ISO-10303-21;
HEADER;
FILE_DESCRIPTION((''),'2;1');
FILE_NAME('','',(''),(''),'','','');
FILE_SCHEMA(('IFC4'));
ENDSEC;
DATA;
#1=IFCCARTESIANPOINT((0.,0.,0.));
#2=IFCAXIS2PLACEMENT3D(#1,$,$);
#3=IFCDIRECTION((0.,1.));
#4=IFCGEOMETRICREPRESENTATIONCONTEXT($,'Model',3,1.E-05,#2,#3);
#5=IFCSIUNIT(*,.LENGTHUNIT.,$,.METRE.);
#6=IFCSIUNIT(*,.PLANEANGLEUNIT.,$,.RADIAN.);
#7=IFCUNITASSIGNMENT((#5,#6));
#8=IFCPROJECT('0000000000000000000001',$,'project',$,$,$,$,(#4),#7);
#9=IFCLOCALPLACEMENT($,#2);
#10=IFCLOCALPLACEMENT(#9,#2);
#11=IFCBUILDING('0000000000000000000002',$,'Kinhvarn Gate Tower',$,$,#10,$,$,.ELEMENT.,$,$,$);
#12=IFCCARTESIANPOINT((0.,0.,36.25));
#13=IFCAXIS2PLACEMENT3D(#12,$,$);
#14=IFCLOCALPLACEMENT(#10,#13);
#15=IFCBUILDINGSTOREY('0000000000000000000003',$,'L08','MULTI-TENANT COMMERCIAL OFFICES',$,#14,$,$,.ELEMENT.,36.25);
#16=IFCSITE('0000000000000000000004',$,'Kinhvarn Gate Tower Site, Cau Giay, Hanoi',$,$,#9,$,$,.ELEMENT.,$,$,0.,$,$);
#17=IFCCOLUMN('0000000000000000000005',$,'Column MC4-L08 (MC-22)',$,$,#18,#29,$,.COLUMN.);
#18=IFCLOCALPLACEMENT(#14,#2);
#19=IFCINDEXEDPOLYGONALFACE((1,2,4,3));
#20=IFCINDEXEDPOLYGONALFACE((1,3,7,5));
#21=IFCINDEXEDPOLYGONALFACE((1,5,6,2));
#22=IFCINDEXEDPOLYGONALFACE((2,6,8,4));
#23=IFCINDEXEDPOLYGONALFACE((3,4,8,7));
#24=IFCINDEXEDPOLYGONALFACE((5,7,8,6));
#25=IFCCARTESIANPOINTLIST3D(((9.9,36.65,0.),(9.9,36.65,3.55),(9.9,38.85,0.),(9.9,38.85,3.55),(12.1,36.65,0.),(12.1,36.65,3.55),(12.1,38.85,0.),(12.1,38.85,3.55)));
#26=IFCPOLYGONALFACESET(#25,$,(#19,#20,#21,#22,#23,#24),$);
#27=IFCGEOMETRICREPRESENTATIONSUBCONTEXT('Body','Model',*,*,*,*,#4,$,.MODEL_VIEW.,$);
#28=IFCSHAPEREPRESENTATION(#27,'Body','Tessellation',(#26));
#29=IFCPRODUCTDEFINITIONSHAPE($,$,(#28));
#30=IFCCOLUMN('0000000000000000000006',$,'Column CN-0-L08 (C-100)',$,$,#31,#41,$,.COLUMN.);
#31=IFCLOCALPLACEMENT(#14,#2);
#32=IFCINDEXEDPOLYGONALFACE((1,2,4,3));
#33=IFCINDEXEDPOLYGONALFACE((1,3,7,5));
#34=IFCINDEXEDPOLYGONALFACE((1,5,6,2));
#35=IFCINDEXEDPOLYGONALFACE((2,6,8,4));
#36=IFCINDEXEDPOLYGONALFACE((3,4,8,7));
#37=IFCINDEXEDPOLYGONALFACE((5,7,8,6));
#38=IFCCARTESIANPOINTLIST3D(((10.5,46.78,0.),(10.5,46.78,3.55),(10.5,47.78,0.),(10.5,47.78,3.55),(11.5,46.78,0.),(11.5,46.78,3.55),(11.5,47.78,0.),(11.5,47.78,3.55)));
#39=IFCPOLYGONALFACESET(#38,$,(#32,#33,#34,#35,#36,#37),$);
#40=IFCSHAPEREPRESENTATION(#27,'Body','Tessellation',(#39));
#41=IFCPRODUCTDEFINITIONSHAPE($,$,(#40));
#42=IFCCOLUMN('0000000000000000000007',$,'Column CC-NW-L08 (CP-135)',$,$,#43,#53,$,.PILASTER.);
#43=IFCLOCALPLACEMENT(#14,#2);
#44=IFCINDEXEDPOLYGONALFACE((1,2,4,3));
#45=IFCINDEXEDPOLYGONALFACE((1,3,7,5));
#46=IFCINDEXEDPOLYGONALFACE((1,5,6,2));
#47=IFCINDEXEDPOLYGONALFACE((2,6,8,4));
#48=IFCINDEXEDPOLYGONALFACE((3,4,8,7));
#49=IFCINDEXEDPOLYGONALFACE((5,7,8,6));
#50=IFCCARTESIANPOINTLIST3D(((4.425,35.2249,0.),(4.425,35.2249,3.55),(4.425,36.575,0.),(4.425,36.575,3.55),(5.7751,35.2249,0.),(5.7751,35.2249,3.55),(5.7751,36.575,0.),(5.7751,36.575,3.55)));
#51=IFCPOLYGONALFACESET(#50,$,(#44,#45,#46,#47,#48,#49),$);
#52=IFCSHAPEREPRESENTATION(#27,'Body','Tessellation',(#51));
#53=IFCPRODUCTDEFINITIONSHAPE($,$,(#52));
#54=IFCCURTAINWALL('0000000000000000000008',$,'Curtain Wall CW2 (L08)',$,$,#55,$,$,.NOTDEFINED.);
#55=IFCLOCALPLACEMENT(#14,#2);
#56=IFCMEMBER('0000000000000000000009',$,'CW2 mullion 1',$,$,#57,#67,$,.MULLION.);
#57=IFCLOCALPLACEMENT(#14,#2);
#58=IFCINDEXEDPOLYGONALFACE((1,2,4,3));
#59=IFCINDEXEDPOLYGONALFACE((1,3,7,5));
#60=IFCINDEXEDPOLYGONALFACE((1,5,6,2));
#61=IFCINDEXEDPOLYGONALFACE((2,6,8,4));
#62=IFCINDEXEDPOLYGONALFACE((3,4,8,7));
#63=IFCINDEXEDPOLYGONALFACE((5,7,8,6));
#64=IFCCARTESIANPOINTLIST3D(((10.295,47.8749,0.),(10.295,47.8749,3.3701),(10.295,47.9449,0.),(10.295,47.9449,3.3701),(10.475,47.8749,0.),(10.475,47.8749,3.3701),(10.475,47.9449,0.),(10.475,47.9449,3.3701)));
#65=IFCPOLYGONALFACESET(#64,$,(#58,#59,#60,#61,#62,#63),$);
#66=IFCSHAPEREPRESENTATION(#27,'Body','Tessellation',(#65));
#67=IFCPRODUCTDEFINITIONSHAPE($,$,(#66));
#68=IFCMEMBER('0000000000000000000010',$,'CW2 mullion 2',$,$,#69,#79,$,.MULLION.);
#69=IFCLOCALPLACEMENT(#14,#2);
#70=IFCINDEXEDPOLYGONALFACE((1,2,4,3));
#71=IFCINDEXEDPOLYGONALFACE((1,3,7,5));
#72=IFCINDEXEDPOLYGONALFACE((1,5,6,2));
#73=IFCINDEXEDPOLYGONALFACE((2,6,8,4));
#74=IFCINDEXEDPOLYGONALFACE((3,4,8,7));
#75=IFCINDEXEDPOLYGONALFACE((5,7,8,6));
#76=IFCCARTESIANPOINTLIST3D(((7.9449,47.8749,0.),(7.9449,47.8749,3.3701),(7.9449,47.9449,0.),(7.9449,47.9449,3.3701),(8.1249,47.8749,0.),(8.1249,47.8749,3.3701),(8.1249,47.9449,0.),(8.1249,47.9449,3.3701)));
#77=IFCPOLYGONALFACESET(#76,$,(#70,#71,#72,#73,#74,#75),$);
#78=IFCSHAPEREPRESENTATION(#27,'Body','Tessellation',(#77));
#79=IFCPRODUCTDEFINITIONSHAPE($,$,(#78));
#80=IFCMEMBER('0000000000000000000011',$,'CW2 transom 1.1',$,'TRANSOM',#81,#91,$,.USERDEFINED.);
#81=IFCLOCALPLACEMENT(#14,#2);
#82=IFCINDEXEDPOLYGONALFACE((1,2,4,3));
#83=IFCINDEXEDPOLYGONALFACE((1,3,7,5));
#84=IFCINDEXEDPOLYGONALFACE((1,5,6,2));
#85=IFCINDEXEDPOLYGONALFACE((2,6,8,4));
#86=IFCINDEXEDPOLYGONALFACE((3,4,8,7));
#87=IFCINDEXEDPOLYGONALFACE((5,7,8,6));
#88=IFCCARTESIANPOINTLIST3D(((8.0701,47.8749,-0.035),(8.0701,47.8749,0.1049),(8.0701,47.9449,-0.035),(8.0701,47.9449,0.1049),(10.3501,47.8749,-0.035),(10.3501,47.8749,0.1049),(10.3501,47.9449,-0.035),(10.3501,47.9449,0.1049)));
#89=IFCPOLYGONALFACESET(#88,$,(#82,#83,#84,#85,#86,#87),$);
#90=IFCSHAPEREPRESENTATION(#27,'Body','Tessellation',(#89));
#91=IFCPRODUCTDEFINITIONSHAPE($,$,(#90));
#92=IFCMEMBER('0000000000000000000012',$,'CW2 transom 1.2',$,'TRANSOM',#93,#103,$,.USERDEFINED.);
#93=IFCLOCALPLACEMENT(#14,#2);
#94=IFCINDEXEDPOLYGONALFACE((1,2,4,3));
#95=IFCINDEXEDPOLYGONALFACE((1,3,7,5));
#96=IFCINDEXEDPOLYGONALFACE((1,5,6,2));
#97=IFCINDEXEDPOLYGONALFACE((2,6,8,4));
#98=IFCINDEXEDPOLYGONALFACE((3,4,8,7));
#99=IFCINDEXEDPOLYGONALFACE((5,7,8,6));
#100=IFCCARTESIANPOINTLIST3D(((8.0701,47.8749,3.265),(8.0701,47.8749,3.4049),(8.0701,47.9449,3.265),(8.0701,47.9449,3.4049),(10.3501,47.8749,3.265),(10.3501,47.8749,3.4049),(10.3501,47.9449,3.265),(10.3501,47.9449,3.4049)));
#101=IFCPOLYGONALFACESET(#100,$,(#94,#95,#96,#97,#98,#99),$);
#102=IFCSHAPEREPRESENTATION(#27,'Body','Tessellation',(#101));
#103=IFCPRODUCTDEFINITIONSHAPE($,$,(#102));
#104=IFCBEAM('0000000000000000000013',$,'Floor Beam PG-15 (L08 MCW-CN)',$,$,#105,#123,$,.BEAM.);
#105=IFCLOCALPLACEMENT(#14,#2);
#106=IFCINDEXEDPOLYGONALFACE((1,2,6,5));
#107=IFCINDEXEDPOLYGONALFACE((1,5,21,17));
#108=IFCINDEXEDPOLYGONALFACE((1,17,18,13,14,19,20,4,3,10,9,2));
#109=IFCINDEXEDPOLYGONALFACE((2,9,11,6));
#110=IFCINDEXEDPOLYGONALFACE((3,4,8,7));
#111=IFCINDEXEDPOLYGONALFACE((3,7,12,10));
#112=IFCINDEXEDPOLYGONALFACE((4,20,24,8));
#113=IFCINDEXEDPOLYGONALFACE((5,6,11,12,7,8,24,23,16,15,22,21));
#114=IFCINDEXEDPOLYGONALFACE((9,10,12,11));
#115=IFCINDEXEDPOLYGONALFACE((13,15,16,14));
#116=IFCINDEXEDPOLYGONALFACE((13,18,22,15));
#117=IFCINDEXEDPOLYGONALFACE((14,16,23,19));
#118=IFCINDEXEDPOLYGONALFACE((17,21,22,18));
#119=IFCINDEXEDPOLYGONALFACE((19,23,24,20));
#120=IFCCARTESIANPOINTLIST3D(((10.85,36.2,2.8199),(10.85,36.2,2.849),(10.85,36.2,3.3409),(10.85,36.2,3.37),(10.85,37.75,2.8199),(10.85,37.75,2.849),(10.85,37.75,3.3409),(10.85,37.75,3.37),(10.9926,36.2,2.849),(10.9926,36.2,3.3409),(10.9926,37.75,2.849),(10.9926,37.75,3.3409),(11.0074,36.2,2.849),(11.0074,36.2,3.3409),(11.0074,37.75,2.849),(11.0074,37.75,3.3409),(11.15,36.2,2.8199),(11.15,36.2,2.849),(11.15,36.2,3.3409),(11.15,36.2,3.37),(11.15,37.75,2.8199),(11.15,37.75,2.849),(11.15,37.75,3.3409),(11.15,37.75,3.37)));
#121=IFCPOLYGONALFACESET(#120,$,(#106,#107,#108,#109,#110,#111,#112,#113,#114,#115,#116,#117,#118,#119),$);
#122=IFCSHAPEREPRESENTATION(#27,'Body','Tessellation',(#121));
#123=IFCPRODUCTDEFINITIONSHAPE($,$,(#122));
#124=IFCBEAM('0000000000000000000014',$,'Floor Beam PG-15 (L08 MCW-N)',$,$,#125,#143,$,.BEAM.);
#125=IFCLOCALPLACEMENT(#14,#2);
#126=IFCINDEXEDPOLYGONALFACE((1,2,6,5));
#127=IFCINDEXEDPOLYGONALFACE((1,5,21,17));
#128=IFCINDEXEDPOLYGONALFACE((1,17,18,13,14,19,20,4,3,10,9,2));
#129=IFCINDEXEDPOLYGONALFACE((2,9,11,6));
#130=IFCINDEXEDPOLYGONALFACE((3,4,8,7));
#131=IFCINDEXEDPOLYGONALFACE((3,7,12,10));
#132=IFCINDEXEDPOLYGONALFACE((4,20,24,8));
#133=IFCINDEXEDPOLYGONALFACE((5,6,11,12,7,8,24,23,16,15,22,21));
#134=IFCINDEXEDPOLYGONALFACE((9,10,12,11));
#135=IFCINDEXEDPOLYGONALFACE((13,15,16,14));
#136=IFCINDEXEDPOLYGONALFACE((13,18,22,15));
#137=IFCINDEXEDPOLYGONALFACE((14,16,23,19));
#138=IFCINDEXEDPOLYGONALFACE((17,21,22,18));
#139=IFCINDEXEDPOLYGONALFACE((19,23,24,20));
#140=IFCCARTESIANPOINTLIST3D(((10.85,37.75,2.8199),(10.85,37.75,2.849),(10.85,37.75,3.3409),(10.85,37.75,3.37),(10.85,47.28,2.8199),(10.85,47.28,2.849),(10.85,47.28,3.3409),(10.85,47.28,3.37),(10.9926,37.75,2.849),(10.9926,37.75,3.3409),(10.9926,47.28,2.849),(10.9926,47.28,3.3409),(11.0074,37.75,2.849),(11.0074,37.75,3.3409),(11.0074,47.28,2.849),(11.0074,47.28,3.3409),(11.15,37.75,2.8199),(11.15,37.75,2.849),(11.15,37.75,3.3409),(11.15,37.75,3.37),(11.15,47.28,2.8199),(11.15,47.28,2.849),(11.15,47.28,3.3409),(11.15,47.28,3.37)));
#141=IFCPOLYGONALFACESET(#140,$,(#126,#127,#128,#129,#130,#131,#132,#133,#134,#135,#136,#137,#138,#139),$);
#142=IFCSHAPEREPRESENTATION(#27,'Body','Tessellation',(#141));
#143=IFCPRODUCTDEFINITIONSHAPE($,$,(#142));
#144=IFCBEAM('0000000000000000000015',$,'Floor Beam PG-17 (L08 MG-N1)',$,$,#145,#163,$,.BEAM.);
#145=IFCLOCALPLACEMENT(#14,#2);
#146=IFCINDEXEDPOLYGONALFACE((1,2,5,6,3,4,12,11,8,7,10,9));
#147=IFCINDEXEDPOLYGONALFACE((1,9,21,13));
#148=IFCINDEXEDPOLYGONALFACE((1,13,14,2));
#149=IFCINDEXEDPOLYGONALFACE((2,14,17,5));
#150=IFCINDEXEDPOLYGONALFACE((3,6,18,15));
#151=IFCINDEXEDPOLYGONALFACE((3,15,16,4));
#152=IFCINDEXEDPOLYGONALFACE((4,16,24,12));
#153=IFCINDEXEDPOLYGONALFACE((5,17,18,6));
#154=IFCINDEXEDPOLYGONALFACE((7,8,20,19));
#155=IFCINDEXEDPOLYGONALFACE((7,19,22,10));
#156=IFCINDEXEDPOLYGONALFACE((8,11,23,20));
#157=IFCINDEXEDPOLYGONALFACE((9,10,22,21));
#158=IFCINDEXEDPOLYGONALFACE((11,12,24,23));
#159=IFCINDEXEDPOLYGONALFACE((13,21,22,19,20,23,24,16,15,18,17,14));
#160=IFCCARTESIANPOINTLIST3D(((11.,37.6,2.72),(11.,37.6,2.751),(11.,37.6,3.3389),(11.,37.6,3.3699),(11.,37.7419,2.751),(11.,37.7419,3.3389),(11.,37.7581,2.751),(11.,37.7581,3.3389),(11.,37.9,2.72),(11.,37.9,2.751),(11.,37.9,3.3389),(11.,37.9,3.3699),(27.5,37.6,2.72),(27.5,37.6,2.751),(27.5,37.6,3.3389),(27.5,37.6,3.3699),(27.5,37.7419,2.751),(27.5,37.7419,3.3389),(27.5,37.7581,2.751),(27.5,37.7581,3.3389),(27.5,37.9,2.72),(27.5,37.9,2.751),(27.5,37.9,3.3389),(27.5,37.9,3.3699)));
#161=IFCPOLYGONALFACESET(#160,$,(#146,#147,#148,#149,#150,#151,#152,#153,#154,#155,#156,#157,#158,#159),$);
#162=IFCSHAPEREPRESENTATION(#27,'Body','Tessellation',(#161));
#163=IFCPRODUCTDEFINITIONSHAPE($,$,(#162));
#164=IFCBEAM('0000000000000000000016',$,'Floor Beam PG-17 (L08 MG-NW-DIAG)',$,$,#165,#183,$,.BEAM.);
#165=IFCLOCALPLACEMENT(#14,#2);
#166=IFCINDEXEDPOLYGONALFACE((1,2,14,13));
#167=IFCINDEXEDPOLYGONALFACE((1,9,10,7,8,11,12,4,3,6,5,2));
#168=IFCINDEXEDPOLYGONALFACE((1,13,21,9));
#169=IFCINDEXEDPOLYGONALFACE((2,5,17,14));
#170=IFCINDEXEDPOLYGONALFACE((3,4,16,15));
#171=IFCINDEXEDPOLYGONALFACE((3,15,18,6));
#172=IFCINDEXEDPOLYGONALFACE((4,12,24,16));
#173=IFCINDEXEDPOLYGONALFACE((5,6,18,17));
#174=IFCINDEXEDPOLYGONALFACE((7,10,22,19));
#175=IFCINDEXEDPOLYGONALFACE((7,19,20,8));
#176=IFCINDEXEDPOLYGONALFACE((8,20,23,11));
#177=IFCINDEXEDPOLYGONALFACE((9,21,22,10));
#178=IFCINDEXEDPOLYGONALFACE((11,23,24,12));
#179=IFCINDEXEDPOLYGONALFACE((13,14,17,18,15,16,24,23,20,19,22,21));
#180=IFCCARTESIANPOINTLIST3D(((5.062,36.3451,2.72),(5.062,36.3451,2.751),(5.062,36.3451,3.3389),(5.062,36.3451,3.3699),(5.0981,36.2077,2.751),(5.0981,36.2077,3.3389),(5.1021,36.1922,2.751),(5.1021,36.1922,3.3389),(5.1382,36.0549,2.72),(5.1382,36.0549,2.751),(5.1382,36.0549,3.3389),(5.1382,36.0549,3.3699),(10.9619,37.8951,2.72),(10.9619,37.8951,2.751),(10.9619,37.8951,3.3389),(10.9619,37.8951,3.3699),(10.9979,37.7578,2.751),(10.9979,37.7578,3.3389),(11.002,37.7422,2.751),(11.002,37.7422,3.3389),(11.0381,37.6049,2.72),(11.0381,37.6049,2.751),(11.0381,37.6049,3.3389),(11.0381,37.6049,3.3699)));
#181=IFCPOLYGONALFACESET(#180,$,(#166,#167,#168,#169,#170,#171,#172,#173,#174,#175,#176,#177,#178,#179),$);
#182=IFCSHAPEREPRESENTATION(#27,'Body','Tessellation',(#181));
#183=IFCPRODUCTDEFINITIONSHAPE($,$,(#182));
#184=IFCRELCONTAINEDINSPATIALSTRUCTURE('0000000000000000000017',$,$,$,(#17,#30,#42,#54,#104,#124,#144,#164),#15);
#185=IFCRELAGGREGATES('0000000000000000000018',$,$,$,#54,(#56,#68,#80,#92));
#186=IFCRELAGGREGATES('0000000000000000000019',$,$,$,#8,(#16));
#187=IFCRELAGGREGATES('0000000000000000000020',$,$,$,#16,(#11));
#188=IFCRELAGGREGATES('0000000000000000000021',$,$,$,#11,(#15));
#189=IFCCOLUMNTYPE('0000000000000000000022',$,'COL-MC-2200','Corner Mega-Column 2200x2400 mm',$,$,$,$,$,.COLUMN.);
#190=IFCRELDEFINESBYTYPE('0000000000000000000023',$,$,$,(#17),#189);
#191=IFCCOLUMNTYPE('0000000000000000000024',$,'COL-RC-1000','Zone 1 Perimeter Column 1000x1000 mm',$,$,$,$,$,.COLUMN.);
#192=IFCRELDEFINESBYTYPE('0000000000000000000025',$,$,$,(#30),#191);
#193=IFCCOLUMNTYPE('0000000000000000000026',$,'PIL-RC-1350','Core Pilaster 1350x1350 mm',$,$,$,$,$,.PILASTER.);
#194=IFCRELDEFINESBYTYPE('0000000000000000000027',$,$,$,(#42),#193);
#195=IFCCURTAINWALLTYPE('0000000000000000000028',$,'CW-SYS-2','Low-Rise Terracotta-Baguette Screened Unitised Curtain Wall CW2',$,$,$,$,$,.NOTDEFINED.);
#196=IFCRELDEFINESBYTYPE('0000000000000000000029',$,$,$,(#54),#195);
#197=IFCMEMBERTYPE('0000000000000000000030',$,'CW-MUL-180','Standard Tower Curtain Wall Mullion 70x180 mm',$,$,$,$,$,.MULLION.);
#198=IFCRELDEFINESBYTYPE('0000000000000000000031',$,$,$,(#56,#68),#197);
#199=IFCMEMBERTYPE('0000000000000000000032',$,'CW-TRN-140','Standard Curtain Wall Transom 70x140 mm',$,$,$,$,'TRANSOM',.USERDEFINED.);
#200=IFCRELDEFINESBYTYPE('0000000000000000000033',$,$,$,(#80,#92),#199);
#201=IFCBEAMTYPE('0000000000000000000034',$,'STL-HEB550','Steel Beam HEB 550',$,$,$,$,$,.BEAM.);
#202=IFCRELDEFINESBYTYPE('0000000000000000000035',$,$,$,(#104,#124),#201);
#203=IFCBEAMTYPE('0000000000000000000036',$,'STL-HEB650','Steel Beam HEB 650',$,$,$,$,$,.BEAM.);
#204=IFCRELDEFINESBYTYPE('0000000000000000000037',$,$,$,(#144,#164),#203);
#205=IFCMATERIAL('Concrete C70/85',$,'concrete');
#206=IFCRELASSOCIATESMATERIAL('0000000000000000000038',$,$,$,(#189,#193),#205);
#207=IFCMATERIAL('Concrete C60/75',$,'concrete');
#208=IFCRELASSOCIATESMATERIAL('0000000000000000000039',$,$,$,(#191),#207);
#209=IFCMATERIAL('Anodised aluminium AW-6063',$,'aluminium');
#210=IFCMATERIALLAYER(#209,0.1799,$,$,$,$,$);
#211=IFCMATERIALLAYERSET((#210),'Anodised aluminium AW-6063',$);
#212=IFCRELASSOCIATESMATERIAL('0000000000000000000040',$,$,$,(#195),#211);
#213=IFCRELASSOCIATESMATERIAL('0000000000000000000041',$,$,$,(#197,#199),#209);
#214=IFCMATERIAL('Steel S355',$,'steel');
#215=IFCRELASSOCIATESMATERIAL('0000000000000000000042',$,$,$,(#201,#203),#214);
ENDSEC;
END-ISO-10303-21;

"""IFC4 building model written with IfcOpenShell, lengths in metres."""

from ifc_helpers import new_model, si_unit, direction, frame, origin, origin_2d, place, context, subcontext, project, spatial, rectangle, i_section, extrude, material, layer, layer_set, material_profile, profile_set, type_object, element, aggregate, save


model = new_model("IFC4")

# Units and contexts
model_context = context("Model", 3, precision=1e-05, world=origin(), true_north=direction((0.0, 1.0)))
body_context = subcontext(model_context, "Body", "Model", "MODEL_VIEW")
ifc_project = project(units=[si_unit("LENGTHUNIT", "METRE"), si_unit("PLANEANGLEUNIT", "RADIAN")], contexts=[model_context])

# Site, building, storey
site_placement = place(None, origin())
site = spatial("IfcSite", under=ifc_project, at=site_placement, Name="Kinhvarn Gate Tower Site, Cau Giay, Hanoi", CompositionType="ELEMENT", RefElevation=0.0)
building_placement = place(site_placement, origin())
building = spatial("IfcBuilding", under=site, at=building_placement, Name="Kinhvarn Gate Tower", CompositionType="ELEMENT")
storey_placement = place(building_placement, frame((0.0, 0.0, 36.25)))
storey = spatial("IfcBuildingStorey", under=building, at=storey_placement, Name="L08", Description="MULTI-TENANT COMMERCIAL OFFICES", CompositionType="ELEMENT", Elevation=36.25)

# Columns
ifc_material_1 = material(Name="Concrete C70/85", Category="concrete")
ifc_material_profile_1 = material_profile(ifc_material_1, rectangle(XDim=2.2, YDim=2.2, at=origin_2d()), Name="RC 2200x2200")
ifc_profile_set_1 = profile_set([ifc_material_profile_1], Name="Concrete C70/85")
column_type_1 = type_object("IfcColumnType", Name="COL-MC-2200", Description="Corner Mega-Column 2200x2400 mm", PredefinedType="COLUMN", material=ifc_profile_set_1)
column_1_placement = place(storey_placement, frame((11.0, 37.75, 0.0), z_axis=(0.0, 0.0, 1.0), x_axis=(1.0, 0.0, 0.0)))
element("IfcColumn", 1, at=column_1_placement, inside=storey, type_object=column_type_1, Name="Column MC4-L08 (MC-22)", PredefinedType="COLUMN", context=body_context, shape_type="SweptSolid", body=[
    extrude(rectangle(XDim=2.2, YDim=2.2, at=origin_2d()), origin(), (0.0, 0.0, 1.0), 3.55),
])
ifc_material_2 = material(Name="Concrete C60/75", Category="concrete")
ifc_material_profile_2 = material_profile(ifc_material_2, rectangle(XDim=1.0, YDim=1.0, at=origin_2d()), Name="RC 1000x1000")
ifc_profile_set_2 = profile_set([ifc_material_profile_2], Name="Concrete C60/75")
column_type_2 = type_object("IfcColumnType", Name="COL-RC-1000", Description="Zone 1 Perimeter Column 1000x1000 mm", PredefinedType="COLUMN", material=ifc_profile_set_2)
column_2_placement = place(storey_placement, frame((11.0, 47.28, 0.0), z_axis=(0.0, 0.0, 1.0), x_axis=(1.0, 0.0, 0.0)))
element("IfcColumn", 2, at=column_2_placement, inside=storey, type_object=column_type_2, Name="Column CN-0-L08 (C-100)", PredefinedType="COLUMN", context=body_context, shape_type="SweptSolid", body=[
    extrude(rectangle(XDim=1.0, YDim=1.0, at=origin_2d()), origin(), (0.0, 0.0, 1.0), 3.55),
])
ifc_material_profile_3 = material_profile(ifc_material_1, rectangle(XDim=1.3501, YDim=1.3501, at=origin_2d()), Name="RC 1350x1350")
ifc_profile_set_3 = profile_set([ifc_material_profile_3], Name="Concrete C70/85")
column_type_3 = type_object("IfcColumnType", Name="PIL-RC-1350", Description="Core Pilaster 1350x1350 mm", PredefinedType="PILASTER", material=ifc_profile_set_3)
column_3_placement = place(storey_placement, frame((5.1001, 35.8999, 0.0), z_axis=(0.0, 0.0, 1.0), x_axis=(1.0, 0.0, 0.0)))
element("IfcColumn", 3, at=column_3_placement, inside=storey, type_object=column_type_3, Name="Column CC-NW-L08 (CP-135)", PredefinedType="PILASTER", context=body_context, shape_type="SweptSolid", body=[
    extrude(rectangle(XDim=1.3501, YDim=1.3501, at=origin_2d()), origin(), (0.0, 0.0, 1.0), 3.55),
])

# Curtain wall, members
ifc_material_3 = material(Name="Anodised aluminium AW-6063", Category="aluminium")
ifc_layer_1 = layer(ifc_material_3, 0.1799)
ifc_layer_set_1 = layer_set([ifc_layer_1], Name="Anodised aluminium AW-6063")
curtain_wall_type = type_object("IfcCurtainWallType", Name="CW-SYS-2", Description="Low-Rise Terracotta-Baguette Screened Unitised Curtain Wall CW2", PredefinedType="NOTDEFINED", material=ifc_layer_set_1)
curtain_wall_placement = place(storey_placement, origin())
curtain_wall = element("IfcCurtainWall", 4, at=curtain_wall_placement, inside=storey, type_object=curtain_wall_type, Name="Curtain Wall CW2 (L08)", PredefinedType="NOTDEFINED")
ifc_material_profile_4 = material_profile(ifc_material_3, rectangle(XDim=0.0701, YDim=0.1799, at=origin_2d()), Name="ALU 70x180")
ifc_profile_set_4 = profile_set([ifc_material_profile_4], Name="Anodised aluminium AW-6063")
member_type_1 = type_object("IfcMemberType", Name="CW-MUL-180", Description="Standard Tower Curtain Wall Mullion 70x180 mm", PredefinedType="MULLION", material=ifc_profile_set_4)
member_1_placement = place(storey_placement, frame((10.385, 47.9099, 0.0), z_axis=(0.0, 0.0, 1.0), x_axis=(0.0, -1.0, 0.0)))
member_1 = element("IfcMember", 5, at=member_1_placement, type_object=member_type_1, Name="CW2 mullion 1", PredefinedType="MULLION", context=body_context, shape_type="SweptSolid", body=[
    extrude(rectangle(XDim=0.0701, YDim=0.1799, at=origin_2d()), origin(), (0.0, 0.0, 1.0), 3.3701),
])
member_2_placement = place(storey_placement, frame((8.0349, 47.9099, 0.0), z_axis=(0.0, 0.0, 1.0), x_axis=(0.0, -1.0, 0.0)))
member_2 = element("IfcMember", 6, at=member_2_placement, type_object=member_type_1, Name="CW2 mullion 2", PredefinedType="MULLION", context=body_context, shape_type="SweptSolid", body=[
    extrude(rectangle(XDim=0.0701, YDim=0.1799, at=origin_2d()), origin(), (0.0, 0.0, 1.0), 3.3701),
])
ifc_material_profile_5 = material_profile(ifc_material_3, rectangle(XDim=0.0701, YDim=0.1399, at=origin_2d()), Name="ALU 70x140")
ifc_profile_set_5 = profile_set([ifc_material_profile_5], Name="Anodised aluminium AW-6063")
member_type_2 = type_object("IfcMemberType", Name="CW-TRN-140", Description="Standard Curtain Wall Transom 70x140 mm", ElementType="TRANSOM", PredefinedType="USERDEFINED", material=ifc_profile_set_5)
member_3_placement = place(storey_placement, frame((10.3501, 47.9099, 0.0349), z_axis=(-1.0, 0.0, 0.0), x_axis=(0.0, -1.0, 0.0)))
member_3 = element("IfcMember", 7, at=member_3_placement, type_object=member_type_2, Name="CW2 transom 1.1", ObjectType="TRANSOM", PredefinedType="USERDEFINED", context=body_context, shape_type="SweptSolid", body=[
    extrude(rectangle(XDim=0.0701, YDim=0.1399, at=origin_2d()), origin(), (0.0, 0.0, 1.0), 2.28),
])
member_4_placement = place(storey_placement, frame((10.3501, 47.9099, 3.335), z_axis=(-1.0, 0.0, 0.0), x_axis=(0.0, -1.0, 0.0)))
member_4 = element("IfcMember", 8, at=member_4_placement, type_object=member_type_2, Name="CW2 transom 1.2", ObjectType="TRANSOM", PredefinedType="USERDEFINED", context=body_context, shape_type="SweptSolid", body=[
    extrude(rectangle(XDim=0.0701, YDim=0.1399, at=origin_2d()), origin(), (0.0, 0.0, 1.0), 2.28),
])

# Beams
ifc_material_4 = material(Name="Steel S355", Category="steel")
ifc_material_profile_6 = material_profile(ifc_material_4, i_section(OverallWidth=0.3, OverallDepth=0.55, WebThickness=0.0149, FlangeThickness=0.0291, at=origin_2d()), Name="HEB 550")
ifc_profile_set_6 = profile_set([ifc_material_profile_6], Name="Steel S355")
beam_type_1 = type_object("IfcBeamType", Name="STL-HEB550", Description="Steel Beam HEB 550", PredefinedType="BEAM", material=ifc_profile_set_6)
beam_1_placement = place(storey_placement, frame((11.0, 36.2, 3.095), z_axis=(0.0, 1.0, 0.0), x_axis=(-1.0, 0.0, 0.0)))
element("IfcBeam", 9, at=beam_1_placement, inside=storey, type_object=beam_type_1, Name="Floor Beam PG-15 (L08 MCW-CN)", PredefinedType="BEAM", context=body_context, shape_type="SweptSolid", body=[
    extrude(i_section(OverallWidth=0.3, OverallDepth=0.55, WebThickness=0.0149, FlangeThickness=0.0291, at=origin_2d()), origin(), (0.0, 0.0, 1.0), 1.55),
])
beam_2_placement = place(storey_placement, frame((11.0, 37.75, 3.095), z_axis=(0.0, 1.0, 0.0), x_axis=(-1.0, 0.0, 0.0)))
element("IfcBeam", 10, at=beam_2_placement, inside=storey, type_object=beam_type_1, Name="Floor Beam PG-15 (L08 MCW-N)", PredefinedType="BEAM", context=body_context, shape_type="SweptSolid", body=[
    extrude(i_section(OverallWidth=0.3, OverallDepth=0.55, WebThickness=0.0149, FlangeThickness=0.0291, at=origin_2d()), origin(), (0.0, 0.0, 1.0), 9.53),
])
ifc_material_profile_7 = material_profile(ifc_material_4, i_section(OverallWidth=0.3, OverallDepth=0.6499, WebThickness=0.0161, FlangeThickness=0.031, at=origin_2d()), Name="HEB 650")
ifc_profile_set_7 = profile_set([ifc_material_profile_7], Name="Steel S355")
beam_type_2 = type_object("IfcBeamType", Name="STL-HEB650", Description="Steel Beam HEB 650", PredefinedType="BEAM", material=ifc_profile_set_7)
beam_3_placement = place(storey_placement, frame((11.0, 37.75, 3.0449), z_axis=(1.0, 0.0, 0.0), x_axis=(0.0, 1.0, 0.0)))
element("IfcBeam", 11, at=beam_3_placement, inside=storey, type_object=beam_type_2, Name="Floor Beam PG-17 (L08 MG-N1)", PredefinedType="BEAM", context=body_context, shape_type="SweptSolid", body=[
    extrude(i_section(OverallWidth=0.3, OverallDepth=0.6499, WebThickness=0.0161, FlangeThickness=0.031, at=origin_2d()), origin(), (0.0, 0.0, 1.0), 16.5),
])
beam_4_placement = place(storey_placement, frame((5.1001, 36.2, 3.0449), z_axis=(0.967178, 0.254101, 0.0), x_axis=(-0.254101, 0.967178, 0.0)))
element("IfcBeam", 12, at=beam_4_placement, inside=storey, type_object=beam_type_2, Name="Floor Beam PG-17 (L08 MG-NW-DIAG)", PredefinedType="BEAM", context=body_context, shape_type="SweptSolid", body=[
    extrude(i_section(OverallWidth=0.3, OverallDepth=0.6499, WebThickness=0.0161, FlangeThickness=0.031, at=origin_2d()), origin(), (0.0, 0.0, 1.0), 6.1001),
])

aggregate(curtain_wall, [member_1, member_2, member_3, member_4])

save(model, "model.ifc")
